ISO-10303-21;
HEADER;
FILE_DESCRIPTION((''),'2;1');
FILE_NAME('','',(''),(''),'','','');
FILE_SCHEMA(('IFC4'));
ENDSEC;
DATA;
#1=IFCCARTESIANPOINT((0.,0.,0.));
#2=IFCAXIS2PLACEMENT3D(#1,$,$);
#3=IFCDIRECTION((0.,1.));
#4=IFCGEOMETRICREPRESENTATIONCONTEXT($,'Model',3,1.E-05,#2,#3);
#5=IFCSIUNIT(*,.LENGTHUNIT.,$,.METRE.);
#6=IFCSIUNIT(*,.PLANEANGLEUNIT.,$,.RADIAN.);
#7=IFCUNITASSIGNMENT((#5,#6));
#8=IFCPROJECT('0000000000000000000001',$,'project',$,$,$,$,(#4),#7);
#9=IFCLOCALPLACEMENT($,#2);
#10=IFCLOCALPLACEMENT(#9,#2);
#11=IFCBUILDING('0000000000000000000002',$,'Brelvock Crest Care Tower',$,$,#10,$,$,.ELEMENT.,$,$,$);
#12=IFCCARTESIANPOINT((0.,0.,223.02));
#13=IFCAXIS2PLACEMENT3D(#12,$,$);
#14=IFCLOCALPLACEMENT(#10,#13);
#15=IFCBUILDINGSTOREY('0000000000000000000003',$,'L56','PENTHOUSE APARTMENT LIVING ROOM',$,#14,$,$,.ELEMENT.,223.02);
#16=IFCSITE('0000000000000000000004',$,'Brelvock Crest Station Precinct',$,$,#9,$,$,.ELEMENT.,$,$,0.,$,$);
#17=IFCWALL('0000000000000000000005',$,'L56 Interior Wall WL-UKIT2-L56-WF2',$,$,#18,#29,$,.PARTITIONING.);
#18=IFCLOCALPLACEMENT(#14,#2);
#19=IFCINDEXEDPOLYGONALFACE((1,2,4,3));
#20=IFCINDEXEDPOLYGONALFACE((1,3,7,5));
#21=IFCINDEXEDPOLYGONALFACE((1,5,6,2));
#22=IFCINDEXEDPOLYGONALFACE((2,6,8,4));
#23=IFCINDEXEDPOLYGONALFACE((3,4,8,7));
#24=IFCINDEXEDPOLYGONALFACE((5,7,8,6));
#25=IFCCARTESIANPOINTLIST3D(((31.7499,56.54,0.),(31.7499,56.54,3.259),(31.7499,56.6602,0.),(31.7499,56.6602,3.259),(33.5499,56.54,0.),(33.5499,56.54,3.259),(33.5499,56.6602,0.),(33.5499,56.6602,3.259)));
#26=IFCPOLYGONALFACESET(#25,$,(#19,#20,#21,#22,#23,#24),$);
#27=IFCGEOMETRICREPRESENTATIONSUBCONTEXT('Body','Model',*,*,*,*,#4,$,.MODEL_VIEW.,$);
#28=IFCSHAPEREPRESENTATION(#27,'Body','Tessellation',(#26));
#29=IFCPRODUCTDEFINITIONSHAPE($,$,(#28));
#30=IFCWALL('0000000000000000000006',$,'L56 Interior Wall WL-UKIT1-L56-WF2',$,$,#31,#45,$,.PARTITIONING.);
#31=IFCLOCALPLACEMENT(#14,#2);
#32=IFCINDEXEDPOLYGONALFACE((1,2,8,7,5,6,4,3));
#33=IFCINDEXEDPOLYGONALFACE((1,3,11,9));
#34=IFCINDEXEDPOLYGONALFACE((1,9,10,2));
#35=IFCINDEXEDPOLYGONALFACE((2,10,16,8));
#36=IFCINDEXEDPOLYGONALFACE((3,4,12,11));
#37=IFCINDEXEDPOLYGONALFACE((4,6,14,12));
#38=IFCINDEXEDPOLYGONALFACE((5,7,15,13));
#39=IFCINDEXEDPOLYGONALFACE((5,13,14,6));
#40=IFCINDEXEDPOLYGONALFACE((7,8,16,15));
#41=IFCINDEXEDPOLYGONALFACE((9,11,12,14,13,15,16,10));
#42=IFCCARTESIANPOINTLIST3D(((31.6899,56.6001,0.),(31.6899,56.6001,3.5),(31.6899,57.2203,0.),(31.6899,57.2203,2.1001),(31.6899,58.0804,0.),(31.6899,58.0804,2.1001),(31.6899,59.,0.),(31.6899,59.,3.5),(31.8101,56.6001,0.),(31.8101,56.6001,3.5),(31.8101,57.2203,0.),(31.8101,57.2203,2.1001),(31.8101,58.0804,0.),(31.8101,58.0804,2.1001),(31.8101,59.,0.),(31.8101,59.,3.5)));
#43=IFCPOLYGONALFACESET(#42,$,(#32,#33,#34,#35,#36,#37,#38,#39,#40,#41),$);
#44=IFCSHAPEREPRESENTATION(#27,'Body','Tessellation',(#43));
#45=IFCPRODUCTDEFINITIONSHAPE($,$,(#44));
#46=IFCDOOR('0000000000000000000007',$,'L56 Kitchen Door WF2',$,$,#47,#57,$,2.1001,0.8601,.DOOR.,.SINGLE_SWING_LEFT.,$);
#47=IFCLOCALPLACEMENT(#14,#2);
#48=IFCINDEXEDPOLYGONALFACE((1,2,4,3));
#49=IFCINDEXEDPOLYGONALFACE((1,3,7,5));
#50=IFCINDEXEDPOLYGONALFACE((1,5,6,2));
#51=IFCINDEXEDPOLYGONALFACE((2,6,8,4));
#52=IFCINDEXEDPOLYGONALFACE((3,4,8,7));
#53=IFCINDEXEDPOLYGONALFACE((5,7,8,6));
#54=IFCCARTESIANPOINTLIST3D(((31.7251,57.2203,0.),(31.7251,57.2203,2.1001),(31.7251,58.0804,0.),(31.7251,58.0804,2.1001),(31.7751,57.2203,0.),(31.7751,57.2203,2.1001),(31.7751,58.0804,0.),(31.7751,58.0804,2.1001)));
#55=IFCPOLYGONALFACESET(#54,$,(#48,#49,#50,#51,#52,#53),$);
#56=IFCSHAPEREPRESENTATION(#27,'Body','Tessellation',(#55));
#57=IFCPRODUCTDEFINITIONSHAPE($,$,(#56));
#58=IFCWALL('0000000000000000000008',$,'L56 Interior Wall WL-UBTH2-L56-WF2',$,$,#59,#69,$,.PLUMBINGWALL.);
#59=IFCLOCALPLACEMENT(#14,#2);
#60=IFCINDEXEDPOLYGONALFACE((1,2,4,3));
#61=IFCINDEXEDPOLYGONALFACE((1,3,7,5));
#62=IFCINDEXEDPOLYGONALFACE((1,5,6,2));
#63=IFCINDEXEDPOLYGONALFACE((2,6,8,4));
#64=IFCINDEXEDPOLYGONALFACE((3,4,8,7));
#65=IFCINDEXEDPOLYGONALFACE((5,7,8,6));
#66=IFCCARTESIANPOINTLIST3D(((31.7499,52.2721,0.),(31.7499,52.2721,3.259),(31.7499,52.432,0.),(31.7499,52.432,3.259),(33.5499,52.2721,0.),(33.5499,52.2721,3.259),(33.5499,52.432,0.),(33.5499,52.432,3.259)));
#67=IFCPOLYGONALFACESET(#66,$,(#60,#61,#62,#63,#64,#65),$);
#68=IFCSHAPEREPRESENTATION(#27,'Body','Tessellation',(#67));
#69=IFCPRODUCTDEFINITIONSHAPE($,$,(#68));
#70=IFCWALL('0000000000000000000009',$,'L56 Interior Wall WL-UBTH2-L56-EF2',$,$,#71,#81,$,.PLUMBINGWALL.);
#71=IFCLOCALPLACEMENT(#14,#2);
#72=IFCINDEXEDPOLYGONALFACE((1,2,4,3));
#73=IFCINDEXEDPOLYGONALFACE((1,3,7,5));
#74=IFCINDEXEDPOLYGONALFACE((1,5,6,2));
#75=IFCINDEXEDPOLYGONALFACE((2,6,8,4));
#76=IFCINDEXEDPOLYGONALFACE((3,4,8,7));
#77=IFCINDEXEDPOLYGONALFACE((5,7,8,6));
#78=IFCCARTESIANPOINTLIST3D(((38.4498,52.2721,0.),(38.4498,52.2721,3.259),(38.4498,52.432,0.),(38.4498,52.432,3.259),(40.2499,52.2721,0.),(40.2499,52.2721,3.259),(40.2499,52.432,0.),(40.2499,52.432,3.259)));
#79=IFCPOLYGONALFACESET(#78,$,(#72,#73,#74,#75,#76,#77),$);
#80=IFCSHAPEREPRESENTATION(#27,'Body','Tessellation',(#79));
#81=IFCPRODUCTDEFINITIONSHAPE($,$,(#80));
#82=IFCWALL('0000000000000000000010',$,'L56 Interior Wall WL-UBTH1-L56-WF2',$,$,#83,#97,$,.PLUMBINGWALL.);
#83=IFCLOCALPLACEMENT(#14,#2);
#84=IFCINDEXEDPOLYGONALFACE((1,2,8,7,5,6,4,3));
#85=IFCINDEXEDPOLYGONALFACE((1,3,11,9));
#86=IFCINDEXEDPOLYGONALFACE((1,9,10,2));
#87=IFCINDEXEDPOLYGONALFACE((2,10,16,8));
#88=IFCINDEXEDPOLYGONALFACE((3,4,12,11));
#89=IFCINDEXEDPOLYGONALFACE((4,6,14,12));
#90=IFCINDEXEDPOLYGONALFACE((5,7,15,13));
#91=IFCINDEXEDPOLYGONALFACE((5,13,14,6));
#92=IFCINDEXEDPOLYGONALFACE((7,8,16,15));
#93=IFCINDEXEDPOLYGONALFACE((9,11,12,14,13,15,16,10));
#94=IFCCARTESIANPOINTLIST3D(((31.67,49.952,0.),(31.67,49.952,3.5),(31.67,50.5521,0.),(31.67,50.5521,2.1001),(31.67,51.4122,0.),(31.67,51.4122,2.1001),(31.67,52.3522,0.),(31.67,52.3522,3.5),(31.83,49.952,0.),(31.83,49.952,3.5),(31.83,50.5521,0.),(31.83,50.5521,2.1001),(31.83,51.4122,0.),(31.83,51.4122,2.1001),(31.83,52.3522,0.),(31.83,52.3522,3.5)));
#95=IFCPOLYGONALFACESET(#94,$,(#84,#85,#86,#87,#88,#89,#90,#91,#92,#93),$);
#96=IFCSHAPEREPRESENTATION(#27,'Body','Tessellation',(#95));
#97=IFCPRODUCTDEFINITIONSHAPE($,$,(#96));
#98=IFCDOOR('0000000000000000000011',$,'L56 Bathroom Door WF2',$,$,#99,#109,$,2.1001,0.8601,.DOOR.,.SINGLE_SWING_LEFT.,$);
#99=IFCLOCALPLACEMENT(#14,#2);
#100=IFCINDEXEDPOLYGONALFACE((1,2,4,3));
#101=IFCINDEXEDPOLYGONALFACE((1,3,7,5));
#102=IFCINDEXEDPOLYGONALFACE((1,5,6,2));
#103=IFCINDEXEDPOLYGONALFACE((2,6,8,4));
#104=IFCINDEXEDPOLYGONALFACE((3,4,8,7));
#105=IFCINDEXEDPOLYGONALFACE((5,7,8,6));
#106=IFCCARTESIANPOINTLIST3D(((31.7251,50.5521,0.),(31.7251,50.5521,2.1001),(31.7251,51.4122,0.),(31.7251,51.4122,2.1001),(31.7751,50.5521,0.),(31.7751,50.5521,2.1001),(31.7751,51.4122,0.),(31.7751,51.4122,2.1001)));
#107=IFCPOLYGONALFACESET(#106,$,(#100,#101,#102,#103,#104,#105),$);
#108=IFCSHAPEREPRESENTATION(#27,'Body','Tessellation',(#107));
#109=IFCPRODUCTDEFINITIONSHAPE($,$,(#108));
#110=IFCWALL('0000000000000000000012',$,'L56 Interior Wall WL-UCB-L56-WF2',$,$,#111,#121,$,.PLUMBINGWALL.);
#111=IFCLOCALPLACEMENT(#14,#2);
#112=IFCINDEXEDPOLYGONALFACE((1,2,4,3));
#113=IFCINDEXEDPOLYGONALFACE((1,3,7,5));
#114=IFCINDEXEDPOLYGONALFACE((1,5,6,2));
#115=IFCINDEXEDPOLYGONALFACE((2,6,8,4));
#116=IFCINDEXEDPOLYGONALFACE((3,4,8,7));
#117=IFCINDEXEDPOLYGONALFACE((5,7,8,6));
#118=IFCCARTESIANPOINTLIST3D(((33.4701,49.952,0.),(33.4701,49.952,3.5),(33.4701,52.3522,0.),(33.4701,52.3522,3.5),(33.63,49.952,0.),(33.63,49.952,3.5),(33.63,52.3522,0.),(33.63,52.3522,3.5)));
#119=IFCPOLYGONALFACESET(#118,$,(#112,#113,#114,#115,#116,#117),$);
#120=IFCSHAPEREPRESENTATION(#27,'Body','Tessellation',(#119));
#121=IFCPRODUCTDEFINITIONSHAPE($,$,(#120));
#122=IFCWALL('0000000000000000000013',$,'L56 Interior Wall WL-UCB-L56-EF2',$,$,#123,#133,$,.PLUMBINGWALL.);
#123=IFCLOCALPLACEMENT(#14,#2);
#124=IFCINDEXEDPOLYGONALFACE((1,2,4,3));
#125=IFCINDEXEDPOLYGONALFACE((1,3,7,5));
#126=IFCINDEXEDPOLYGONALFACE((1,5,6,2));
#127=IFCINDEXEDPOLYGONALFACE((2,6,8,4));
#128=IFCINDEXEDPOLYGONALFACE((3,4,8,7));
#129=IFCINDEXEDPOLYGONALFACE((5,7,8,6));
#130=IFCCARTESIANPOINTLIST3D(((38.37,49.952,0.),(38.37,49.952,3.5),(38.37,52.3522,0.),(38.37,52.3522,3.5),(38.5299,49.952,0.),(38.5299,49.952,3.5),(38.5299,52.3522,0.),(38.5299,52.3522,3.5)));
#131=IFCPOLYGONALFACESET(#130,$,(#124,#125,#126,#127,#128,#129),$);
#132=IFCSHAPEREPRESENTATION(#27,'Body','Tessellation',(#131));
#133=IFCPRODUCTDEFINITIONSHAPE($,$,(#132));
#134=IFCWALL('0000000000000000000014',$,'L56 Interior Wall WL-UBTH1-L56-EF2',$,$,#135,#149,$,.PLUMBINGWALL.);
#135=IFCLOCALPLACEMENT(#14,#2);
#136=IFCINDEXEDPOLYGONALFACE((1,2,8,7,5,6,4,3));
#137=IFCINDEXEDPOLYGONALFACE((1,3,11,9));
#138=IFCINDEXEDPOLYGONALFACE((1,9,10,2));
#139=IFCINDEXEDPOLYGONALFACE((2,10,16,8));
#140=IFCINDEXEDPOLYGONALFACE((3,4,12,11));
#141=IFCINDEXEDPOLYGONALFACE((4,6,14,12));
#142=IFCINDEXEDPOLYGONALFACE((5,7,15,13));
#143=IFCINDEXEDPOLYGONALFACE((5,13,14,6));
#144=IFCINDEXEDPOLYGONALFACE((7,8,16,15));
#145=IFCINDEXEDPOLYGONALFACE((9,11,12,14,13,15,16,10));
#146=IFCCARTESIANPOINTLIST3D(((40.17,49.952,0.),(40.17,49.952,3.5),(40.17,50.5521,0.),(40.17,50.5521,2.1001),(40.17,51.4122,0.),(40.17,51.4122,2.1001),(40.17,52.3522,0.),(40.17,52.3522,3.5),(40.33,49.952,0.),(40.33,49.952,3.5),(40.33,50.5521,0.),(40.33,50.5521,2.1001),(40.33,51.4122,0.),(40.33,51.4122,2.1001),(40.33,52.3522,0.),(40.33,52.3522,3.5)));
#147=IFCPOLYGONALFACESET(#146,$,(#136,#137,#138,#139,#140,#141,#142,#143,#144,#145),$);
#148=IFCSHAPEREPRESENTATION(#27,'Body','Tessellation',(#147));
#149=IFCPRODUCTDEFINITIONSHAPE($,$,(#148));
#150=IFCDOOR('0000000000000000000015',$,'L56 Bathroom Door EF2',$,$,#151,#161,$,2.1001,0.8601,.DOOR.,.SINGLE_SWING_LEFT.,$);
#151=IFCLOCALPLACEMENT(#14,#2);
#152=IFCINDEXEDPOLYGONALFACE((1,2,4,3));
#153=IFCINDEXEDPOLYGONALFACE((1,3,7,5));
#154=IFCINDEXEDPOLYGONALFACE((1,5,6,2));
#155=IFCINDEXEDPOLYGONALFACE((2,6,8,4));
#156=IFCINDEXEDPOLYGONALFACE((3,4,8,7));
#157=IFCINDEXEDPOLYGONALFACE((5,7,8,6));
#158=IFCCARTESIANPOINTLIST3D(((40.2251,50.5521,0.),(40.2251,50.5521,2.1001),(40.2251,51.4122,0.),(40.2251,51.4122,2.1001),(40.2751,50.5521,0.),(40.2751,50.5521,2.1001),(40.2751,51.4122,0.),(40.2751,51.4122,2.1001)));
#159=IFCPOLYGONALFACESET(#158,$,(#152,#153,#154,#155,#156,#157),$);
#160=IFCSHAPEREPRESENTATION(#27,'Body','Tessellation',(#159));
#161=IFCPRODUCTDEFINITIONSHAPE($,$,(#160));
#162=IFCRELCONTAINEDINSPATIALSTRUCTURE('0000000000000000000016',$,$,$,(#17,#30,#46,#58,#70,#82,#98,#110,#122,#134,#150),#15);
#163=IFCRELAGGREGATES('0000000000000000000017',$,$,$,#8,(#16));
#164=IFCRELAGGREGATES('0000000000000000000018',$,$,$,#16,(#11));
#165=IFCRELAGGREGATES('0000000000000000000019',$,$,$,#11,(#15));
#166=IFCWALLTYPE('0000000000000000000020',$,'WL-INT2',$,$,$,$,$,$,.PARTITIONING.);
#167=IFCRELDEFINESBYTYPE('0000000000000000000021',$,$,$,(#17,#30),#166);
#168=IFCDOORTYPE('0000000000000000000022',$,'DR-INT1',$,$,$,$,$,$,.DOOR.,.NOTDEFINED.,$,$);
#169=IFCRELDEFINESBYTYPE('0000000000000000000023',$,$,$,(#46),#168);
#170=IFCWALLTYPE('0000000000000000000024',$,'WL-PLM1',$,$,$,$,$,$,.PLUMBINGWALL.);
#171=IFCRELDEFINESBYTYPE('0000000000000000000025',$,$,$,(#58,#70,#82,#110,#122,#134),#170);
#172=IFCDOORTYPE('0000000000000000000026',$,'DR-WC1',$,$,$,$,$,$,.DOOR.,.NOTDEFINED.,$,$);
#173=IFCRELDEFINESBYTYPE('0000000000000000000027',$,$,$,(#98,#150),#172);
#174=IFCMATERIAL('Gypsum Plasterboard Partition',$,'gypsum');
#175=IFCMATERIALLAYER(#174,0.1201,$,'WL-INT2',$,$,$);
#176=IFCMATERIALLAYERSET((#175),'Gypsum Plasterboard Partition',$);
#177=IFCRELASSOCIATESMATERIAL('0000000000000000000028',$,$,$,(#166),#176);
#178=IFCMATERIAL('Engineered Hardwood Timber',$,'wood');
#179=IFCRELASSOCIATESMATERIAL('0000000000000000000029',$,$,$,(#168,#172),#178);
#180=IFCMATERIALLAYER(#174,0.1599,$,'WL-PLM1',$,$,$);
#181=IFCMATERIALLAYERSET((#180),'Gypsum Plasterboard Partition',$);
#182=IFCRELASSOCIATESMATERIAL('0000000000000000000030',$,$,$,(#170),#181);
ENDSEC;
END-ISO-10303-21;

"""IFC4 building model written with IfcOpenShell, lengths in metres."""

from ifc_helpers import new_model, si_unit, direction, frame, frame_2d, origin, origin_2d, place, context, subcontext, project, spatial, rectangle, extrude, source, transform, mapped, material, layer, layer_set, type_object, element, fill, save


model = new_model("IFC4")

# Units and contexts
model_context = context("Model", 3, precision=1e-05, world=origin(), true_north=direction((0.0, 1.0)))
body_context = subcontext(model_context, "Body", "Model", "MODEL_VIEW")
ifc_project = project(units=[si_unit("LENGTHUNIT", "METRE"), si_unit("PLANEANGLEUNIT", "RADIAN")], contexts=[model_context])

# Site, building, storey
site_placement = place(None, origin())
site = spatial("IfcSite", under=ifc_project, at=site_placement, Name="Brelvock Crest Station Precinct", CompositionType="ELEMENT", RefElevation=0.0)
building_placement = place(site_placement, origin())
building = spatial("IfcBuilding", under=site, at=building_placement, Name="Brelvock Crest Care Tower", CompositionType="ELEMENT")
storey_placement = place(building_placement, frame((0.0, 0.0, 223.02)))
storey = spatial("IfcBuildingStorey", under=building, at=storey_placement, Name="L56", Description="PENTHOUSE APARTMENT LIVING ROOM", CompositionType="ELEMENT", Elevation=223.02)

# Shared definitions
ifc_material_1 = material(Name="Engineered Hardwood Timber", Category="wood")

# Wall
ifc_material_2 = material(Name="Gypsum Plasterboard Partition", Category="gypsum")
ifc_layer_1 = layer(ifc_material_2, 0.1201, Name="WL-INT2")
ifc_layer_set_1 = layer_set([ifc_layer_1], Name="Gypsum Plasterboard Partition")
wall_type_1 = type_object("IfcWallType", Name="WL-INT2", PredefinedType="PARTITIONING", material=ifc_layer_set_1)
wall_1_placement = place(storey_placement, frame((31.75, 56.6001, 0.0), z_axis=(0.0, 0.0, 1.0), x_axis=(1.0, 0.0, 0.0)))
element("IfcWall", 1, at=wall_1_placement, inside=storey, type_object=wall_type_1, Name="L56 Interior Wall WL-UKIT2-L56-WF2", PredefinedType="PARTITIONING", context=body_context, shape_type="SweptSolid", body=[
    extrude(rectangle(XDim=1.8, YDim=0.1201, at=frame_2d((0.8999, 0.0))), origin(), (0.0, 0.0, 1.0), 3.259),
])

# Wall, opening, door
wall_2_placement = place(storey_placement, frame((31.75, 56.6001, 0.0), z_axis=(0.0, 0.0, 1.0), x_axis=(0.0, 1.0, 0.0)))
wall_2 = element("IfcWall", 2, at=wall_2_placement, inside=storey, type_object=wall_type_1, Name="L56 Interior Wall WL-UKIT1-L56-WF2", PredefinedType="PARTITIONING", context=body_context, shape_type="SweptSolid", body=[
    extrude(rectangle(XDim=2.3999, YDim=0.1201, at=frame_2d((1.2, 0.0))), origin(), (0.0, 0.0, 1.0), 3.5),
])
opening_1_placement = place(wall_2_placement, frame((0.6201, 0.0, 0.0)))
opening_1 = element("IfcOpeningElement", 3, at=opening_1_placement, cuts=wall_2, PredefinedType="OPENING", context=body_context, shape_type="SweptSolid", body=[
    extrude(rectangle(XDim=0.8601, YDim=2.1001, at=origin_2d()), frame((0.4302, 0.0701, 1.05), z_axis=(0.0, -1.0, 0.0), x_axis=(1.0, 0.0, 0.0)), (0.0, 0.0, 1.0), 0.1401),
])
door_type_1 = type_object("IfcDoorType", Name="DR-INT1", OperationType="NOTDEFINED", PredefinedType="DOOR", material=ifc_material_1)
shared_shape_1 = source(origin(), body_context, "Body", "SweptSolid", [
    extrude(rectangle(XDim=0.8601, YDim=2.1001, at=origin_2d()), frame((0.4302, 0.0249, 1.05), z_axis=(0.0, -1.0, 0.0), x_axis=(1.0, 0.0, 0.0)), (0.0, 0.0, 1.0), 0.05),
])
door_1_placement = place(opening_1_placement, origin())
door_1 = element("IfcDoor", 4, at=door_1_placement, inside=storey, type_object=door_type_1, Name="L56 Kitchen Door WF2", OperationType="SINGLE_SWING_LEFT", OverallHeight=2.1001, OverallWidth=0.8601, PredefinedType="DOOR", context=body_context, shape_type="MappedRepresentation", body=[
    mapped(shared_shape_1, transform((0.0, 0.0, 0.0), x_axis=(1.0, 0.0, 0.0), y_axis=(0.0, 1.0, 0.0), z_axis=(0.0, 0.0, 1.0), scale=1.0)),
])
fill(opening_1, door_1)

# Walls
ifc_layer_2 = layer(ifc_material_2, 0.1599, Name="WL-PLM1")
ifc_layer_set_2 = layer_set([ifc_layer_2], Name="Gypsum Plasterboard Partition")
wall_type_2 = type_object("IfcWallType", Name="WL-PLM1", PredefinedType="PLUMBINGWALL", material=ifc_layer_set_2)
for number, where, z_axis, x_axis, name in (
    (5, (31.75, 52.3521, 0.0), (0.0, 0.0, 1.0), (1.0, 0.0, 0.0), "L56 Interior Wall WL-UBTH2-L56-WF2"),
    (6, (38.45, 52.3521, 0.0), (0.0, 0.0, 1.0), (1.0, 0.0, 0.0), "L56 Interior Wall WL-UBTH2-L56-EF2"),
):
    element("IfcWall", number, at=place(storey_placement, frame(where, z_axis=z_axis, x_axis=x_axis)), inside=storey, type_object=wall_type_2, Name=name, PredefinedType="PLUMBINGWALL", context=body_context, shape_type="SweptSolid", body=[
        extrude(rectangle(XDim=1.8, YDim=0.1599, at=frame_2d((0.8999, 0.0))), origin(), (0.0, 0.0, 1.0), 3.259),
    ])

# Wall, opening, door
wall_3_placement = place(storey_placement, frame((31.75, 49.9519, 0.0), z_axis=(0.0, 0.0, 1.0), x_axis=(0.0, 1.0, 0.0)))
wall_3 = element("IfcWall", 7, at=wall_3_placement, inside=storey, type_object=wall_type_2, Name="L56 Interior Wall WL-UBTH1-L56-WF2", PredefinedType="PLUMBINGWALL", context=body_context, shape_type="SweptSolid", body=[
    extrude(rectangle(XDim=2.4001, YDim=0.1599, at=frame_2d((1.2002, 0.0))), origin(), (0.0, 0.0, 1.0), 3.5),
])
opening_2_placement = place(wall_3_placement, frame((0.6001, 0.0, 0.0)))
opening_2 = element("IfcOpeningElement", 8, at=opening_2_placement, cuts=wall_3, PredefinedType="OPENING", context=body_context, shape_type="SweptSolid", body=[
    extrude(rectangle(XDim=0.8601, YDim=2.1001, at=origin_2d()), frame((0.4302, 0.0898, 1.05), z_axis=(0.0, -1.0, 0.0), x_axis=(1.0, 0.0, 0.0)), (0.0, 0.0, 1.0), 0.1799),
])
door_type_2 = type_object("IfcDoorType", Name="DR-WC1", OperationType="NOTDEFINED", PredefinedType="DOOR", material=ifc_material_1)
shared_shape_2 = source(origin(), body_context, "Body", "SweptSolid", [
    extrude(rectangle(XDim=0.8601, YDim=2.1001, at=origin_2d()), frame((0.4302, 0.0249, 1.05), z_axis=(0.0, -1.0, 0.0), x_axis=(1.0, 0.0, 0.0)), (0.0, 0.0, 1.0), 0.05),
])
door_2_placement = place(opening_2_placement, origin())
door_2 = element("IfcDoor", 9, at=door_2_placement, inside=storey, type_object=door_type_2, Name="L56 Bathroom Door WF2", OperationType="SINGLE_SWING_LEFT", OverallHeight=2.1001, OverallWidth=0.8601, PredefinedType="DOOR", context=body_context, shape_type="MappedRepresentation", body=[
    mapped(shared_shape_2, transform((0.0, 0.0, 0.0), x_axis=(1.0, 0.0, 0.0), y_axis=(0.0, 1.0, 0.0), z_axis=(0.0, 0.0, 1.0), scale=1.0)),
])
fill(opening_2, door_2)

# Walls
for number, where, z_axis, x_axis, name in (
    (10, (33.55, 49.9519, 0.0), (0.0, 0.0, 1.0), (0.0, 1.0, 0.0), "L56 Interior Wall WL-UCB-L56-WF2"),
    (11, (38.45, 49.9519, 0.0), (0.0, 0.0, 1.0), (0.0, 1.0, 0.0), "L56 Interior Wall WL-UCB-L56-EF2"),
):
    element("IfcWall", number, at=place(storey_placement, frame(where, z_axis=z_axis, x_axis=x_axis)), inside=storey, type_object=wall_type_2, Name=name, PredefinedType="PLUMBINGWALL", context=body_context, shape_type="SweptSolid", body=[
        extrude(rectangle(XDim=2.4001, YDim=0.1599, at=frame_2d((1.2002, 0.0))), origin(), (0.0, 0.0, 1.0), 3.5),
    ])

# Wall, opening, door
wall_4_placement = place(storey_placement, frame((40.25, 49.9519, 0.0), z_axis=(0.0, 0.0, 1.0), x_axis=(0.0, 1.0, 0.0)))
wall_4 = element("IfcWall", 12, at=wall_4_placement, inside=storey, type_object=wall_type_2, Name="L56 Interior Wall WL-UBTH1-L56-EF2", PredefinedType="PLUMBINGWALL", context=body_context, shape_type="SweptSolid", body=[
    extrude(rectangle(XDim=2.4001, YDim=0.1599, at=frame_2d((1.2002, 0.0))), origin(), (0.0, 0.0, 1.0), 3.5),
])
opening_3_placement = place(wall_4_placement, frame((0.6001, 0.0, 0.0)))
opening_3 = element("IfcOpeningElement", 13, at=opening_3_placement, cuts=wall_4, PredefinedType="OPENING", context=body_context, shape_type="SweptSolid", body=[
    extrude(rectangle(XDim=0.8601, YDim=2.1001, at=origin_2d()), frame((0.4302, 0.0898, 1.05), z_axis=(0.0, -1.0, 0.0), x_axis=(1.0, 0.0, 0.0)), (0.0, 0.0, 1.0), 0.1799),
])
door_3_placement = place(opening_3_placement, origin())
door_3 = element("IfcDoor", 14, at=door_3_placement, inside=storey, type_object=door_type_2, Name="L56 Bathroom Door EF2", OperationType="SINGLE_SWING_LEFT", OverallHeight=2.1001, OverallWidth=0.8601, PredefinedType="DOOR", context=body_context, shape_type="MappedRepresentation", body=[
    mapped(shared_shape_2, transform((0.0, 0.0, 0.0), x_axis=(1.0, 0.0, 0.0), y_axis=(0.0, 1.0, 0.0), z_axis=(0.0, 0.0, 1.0), scale=1.0)),
])
fill(opening_3, door_3)

save(model, "model.ifc")
